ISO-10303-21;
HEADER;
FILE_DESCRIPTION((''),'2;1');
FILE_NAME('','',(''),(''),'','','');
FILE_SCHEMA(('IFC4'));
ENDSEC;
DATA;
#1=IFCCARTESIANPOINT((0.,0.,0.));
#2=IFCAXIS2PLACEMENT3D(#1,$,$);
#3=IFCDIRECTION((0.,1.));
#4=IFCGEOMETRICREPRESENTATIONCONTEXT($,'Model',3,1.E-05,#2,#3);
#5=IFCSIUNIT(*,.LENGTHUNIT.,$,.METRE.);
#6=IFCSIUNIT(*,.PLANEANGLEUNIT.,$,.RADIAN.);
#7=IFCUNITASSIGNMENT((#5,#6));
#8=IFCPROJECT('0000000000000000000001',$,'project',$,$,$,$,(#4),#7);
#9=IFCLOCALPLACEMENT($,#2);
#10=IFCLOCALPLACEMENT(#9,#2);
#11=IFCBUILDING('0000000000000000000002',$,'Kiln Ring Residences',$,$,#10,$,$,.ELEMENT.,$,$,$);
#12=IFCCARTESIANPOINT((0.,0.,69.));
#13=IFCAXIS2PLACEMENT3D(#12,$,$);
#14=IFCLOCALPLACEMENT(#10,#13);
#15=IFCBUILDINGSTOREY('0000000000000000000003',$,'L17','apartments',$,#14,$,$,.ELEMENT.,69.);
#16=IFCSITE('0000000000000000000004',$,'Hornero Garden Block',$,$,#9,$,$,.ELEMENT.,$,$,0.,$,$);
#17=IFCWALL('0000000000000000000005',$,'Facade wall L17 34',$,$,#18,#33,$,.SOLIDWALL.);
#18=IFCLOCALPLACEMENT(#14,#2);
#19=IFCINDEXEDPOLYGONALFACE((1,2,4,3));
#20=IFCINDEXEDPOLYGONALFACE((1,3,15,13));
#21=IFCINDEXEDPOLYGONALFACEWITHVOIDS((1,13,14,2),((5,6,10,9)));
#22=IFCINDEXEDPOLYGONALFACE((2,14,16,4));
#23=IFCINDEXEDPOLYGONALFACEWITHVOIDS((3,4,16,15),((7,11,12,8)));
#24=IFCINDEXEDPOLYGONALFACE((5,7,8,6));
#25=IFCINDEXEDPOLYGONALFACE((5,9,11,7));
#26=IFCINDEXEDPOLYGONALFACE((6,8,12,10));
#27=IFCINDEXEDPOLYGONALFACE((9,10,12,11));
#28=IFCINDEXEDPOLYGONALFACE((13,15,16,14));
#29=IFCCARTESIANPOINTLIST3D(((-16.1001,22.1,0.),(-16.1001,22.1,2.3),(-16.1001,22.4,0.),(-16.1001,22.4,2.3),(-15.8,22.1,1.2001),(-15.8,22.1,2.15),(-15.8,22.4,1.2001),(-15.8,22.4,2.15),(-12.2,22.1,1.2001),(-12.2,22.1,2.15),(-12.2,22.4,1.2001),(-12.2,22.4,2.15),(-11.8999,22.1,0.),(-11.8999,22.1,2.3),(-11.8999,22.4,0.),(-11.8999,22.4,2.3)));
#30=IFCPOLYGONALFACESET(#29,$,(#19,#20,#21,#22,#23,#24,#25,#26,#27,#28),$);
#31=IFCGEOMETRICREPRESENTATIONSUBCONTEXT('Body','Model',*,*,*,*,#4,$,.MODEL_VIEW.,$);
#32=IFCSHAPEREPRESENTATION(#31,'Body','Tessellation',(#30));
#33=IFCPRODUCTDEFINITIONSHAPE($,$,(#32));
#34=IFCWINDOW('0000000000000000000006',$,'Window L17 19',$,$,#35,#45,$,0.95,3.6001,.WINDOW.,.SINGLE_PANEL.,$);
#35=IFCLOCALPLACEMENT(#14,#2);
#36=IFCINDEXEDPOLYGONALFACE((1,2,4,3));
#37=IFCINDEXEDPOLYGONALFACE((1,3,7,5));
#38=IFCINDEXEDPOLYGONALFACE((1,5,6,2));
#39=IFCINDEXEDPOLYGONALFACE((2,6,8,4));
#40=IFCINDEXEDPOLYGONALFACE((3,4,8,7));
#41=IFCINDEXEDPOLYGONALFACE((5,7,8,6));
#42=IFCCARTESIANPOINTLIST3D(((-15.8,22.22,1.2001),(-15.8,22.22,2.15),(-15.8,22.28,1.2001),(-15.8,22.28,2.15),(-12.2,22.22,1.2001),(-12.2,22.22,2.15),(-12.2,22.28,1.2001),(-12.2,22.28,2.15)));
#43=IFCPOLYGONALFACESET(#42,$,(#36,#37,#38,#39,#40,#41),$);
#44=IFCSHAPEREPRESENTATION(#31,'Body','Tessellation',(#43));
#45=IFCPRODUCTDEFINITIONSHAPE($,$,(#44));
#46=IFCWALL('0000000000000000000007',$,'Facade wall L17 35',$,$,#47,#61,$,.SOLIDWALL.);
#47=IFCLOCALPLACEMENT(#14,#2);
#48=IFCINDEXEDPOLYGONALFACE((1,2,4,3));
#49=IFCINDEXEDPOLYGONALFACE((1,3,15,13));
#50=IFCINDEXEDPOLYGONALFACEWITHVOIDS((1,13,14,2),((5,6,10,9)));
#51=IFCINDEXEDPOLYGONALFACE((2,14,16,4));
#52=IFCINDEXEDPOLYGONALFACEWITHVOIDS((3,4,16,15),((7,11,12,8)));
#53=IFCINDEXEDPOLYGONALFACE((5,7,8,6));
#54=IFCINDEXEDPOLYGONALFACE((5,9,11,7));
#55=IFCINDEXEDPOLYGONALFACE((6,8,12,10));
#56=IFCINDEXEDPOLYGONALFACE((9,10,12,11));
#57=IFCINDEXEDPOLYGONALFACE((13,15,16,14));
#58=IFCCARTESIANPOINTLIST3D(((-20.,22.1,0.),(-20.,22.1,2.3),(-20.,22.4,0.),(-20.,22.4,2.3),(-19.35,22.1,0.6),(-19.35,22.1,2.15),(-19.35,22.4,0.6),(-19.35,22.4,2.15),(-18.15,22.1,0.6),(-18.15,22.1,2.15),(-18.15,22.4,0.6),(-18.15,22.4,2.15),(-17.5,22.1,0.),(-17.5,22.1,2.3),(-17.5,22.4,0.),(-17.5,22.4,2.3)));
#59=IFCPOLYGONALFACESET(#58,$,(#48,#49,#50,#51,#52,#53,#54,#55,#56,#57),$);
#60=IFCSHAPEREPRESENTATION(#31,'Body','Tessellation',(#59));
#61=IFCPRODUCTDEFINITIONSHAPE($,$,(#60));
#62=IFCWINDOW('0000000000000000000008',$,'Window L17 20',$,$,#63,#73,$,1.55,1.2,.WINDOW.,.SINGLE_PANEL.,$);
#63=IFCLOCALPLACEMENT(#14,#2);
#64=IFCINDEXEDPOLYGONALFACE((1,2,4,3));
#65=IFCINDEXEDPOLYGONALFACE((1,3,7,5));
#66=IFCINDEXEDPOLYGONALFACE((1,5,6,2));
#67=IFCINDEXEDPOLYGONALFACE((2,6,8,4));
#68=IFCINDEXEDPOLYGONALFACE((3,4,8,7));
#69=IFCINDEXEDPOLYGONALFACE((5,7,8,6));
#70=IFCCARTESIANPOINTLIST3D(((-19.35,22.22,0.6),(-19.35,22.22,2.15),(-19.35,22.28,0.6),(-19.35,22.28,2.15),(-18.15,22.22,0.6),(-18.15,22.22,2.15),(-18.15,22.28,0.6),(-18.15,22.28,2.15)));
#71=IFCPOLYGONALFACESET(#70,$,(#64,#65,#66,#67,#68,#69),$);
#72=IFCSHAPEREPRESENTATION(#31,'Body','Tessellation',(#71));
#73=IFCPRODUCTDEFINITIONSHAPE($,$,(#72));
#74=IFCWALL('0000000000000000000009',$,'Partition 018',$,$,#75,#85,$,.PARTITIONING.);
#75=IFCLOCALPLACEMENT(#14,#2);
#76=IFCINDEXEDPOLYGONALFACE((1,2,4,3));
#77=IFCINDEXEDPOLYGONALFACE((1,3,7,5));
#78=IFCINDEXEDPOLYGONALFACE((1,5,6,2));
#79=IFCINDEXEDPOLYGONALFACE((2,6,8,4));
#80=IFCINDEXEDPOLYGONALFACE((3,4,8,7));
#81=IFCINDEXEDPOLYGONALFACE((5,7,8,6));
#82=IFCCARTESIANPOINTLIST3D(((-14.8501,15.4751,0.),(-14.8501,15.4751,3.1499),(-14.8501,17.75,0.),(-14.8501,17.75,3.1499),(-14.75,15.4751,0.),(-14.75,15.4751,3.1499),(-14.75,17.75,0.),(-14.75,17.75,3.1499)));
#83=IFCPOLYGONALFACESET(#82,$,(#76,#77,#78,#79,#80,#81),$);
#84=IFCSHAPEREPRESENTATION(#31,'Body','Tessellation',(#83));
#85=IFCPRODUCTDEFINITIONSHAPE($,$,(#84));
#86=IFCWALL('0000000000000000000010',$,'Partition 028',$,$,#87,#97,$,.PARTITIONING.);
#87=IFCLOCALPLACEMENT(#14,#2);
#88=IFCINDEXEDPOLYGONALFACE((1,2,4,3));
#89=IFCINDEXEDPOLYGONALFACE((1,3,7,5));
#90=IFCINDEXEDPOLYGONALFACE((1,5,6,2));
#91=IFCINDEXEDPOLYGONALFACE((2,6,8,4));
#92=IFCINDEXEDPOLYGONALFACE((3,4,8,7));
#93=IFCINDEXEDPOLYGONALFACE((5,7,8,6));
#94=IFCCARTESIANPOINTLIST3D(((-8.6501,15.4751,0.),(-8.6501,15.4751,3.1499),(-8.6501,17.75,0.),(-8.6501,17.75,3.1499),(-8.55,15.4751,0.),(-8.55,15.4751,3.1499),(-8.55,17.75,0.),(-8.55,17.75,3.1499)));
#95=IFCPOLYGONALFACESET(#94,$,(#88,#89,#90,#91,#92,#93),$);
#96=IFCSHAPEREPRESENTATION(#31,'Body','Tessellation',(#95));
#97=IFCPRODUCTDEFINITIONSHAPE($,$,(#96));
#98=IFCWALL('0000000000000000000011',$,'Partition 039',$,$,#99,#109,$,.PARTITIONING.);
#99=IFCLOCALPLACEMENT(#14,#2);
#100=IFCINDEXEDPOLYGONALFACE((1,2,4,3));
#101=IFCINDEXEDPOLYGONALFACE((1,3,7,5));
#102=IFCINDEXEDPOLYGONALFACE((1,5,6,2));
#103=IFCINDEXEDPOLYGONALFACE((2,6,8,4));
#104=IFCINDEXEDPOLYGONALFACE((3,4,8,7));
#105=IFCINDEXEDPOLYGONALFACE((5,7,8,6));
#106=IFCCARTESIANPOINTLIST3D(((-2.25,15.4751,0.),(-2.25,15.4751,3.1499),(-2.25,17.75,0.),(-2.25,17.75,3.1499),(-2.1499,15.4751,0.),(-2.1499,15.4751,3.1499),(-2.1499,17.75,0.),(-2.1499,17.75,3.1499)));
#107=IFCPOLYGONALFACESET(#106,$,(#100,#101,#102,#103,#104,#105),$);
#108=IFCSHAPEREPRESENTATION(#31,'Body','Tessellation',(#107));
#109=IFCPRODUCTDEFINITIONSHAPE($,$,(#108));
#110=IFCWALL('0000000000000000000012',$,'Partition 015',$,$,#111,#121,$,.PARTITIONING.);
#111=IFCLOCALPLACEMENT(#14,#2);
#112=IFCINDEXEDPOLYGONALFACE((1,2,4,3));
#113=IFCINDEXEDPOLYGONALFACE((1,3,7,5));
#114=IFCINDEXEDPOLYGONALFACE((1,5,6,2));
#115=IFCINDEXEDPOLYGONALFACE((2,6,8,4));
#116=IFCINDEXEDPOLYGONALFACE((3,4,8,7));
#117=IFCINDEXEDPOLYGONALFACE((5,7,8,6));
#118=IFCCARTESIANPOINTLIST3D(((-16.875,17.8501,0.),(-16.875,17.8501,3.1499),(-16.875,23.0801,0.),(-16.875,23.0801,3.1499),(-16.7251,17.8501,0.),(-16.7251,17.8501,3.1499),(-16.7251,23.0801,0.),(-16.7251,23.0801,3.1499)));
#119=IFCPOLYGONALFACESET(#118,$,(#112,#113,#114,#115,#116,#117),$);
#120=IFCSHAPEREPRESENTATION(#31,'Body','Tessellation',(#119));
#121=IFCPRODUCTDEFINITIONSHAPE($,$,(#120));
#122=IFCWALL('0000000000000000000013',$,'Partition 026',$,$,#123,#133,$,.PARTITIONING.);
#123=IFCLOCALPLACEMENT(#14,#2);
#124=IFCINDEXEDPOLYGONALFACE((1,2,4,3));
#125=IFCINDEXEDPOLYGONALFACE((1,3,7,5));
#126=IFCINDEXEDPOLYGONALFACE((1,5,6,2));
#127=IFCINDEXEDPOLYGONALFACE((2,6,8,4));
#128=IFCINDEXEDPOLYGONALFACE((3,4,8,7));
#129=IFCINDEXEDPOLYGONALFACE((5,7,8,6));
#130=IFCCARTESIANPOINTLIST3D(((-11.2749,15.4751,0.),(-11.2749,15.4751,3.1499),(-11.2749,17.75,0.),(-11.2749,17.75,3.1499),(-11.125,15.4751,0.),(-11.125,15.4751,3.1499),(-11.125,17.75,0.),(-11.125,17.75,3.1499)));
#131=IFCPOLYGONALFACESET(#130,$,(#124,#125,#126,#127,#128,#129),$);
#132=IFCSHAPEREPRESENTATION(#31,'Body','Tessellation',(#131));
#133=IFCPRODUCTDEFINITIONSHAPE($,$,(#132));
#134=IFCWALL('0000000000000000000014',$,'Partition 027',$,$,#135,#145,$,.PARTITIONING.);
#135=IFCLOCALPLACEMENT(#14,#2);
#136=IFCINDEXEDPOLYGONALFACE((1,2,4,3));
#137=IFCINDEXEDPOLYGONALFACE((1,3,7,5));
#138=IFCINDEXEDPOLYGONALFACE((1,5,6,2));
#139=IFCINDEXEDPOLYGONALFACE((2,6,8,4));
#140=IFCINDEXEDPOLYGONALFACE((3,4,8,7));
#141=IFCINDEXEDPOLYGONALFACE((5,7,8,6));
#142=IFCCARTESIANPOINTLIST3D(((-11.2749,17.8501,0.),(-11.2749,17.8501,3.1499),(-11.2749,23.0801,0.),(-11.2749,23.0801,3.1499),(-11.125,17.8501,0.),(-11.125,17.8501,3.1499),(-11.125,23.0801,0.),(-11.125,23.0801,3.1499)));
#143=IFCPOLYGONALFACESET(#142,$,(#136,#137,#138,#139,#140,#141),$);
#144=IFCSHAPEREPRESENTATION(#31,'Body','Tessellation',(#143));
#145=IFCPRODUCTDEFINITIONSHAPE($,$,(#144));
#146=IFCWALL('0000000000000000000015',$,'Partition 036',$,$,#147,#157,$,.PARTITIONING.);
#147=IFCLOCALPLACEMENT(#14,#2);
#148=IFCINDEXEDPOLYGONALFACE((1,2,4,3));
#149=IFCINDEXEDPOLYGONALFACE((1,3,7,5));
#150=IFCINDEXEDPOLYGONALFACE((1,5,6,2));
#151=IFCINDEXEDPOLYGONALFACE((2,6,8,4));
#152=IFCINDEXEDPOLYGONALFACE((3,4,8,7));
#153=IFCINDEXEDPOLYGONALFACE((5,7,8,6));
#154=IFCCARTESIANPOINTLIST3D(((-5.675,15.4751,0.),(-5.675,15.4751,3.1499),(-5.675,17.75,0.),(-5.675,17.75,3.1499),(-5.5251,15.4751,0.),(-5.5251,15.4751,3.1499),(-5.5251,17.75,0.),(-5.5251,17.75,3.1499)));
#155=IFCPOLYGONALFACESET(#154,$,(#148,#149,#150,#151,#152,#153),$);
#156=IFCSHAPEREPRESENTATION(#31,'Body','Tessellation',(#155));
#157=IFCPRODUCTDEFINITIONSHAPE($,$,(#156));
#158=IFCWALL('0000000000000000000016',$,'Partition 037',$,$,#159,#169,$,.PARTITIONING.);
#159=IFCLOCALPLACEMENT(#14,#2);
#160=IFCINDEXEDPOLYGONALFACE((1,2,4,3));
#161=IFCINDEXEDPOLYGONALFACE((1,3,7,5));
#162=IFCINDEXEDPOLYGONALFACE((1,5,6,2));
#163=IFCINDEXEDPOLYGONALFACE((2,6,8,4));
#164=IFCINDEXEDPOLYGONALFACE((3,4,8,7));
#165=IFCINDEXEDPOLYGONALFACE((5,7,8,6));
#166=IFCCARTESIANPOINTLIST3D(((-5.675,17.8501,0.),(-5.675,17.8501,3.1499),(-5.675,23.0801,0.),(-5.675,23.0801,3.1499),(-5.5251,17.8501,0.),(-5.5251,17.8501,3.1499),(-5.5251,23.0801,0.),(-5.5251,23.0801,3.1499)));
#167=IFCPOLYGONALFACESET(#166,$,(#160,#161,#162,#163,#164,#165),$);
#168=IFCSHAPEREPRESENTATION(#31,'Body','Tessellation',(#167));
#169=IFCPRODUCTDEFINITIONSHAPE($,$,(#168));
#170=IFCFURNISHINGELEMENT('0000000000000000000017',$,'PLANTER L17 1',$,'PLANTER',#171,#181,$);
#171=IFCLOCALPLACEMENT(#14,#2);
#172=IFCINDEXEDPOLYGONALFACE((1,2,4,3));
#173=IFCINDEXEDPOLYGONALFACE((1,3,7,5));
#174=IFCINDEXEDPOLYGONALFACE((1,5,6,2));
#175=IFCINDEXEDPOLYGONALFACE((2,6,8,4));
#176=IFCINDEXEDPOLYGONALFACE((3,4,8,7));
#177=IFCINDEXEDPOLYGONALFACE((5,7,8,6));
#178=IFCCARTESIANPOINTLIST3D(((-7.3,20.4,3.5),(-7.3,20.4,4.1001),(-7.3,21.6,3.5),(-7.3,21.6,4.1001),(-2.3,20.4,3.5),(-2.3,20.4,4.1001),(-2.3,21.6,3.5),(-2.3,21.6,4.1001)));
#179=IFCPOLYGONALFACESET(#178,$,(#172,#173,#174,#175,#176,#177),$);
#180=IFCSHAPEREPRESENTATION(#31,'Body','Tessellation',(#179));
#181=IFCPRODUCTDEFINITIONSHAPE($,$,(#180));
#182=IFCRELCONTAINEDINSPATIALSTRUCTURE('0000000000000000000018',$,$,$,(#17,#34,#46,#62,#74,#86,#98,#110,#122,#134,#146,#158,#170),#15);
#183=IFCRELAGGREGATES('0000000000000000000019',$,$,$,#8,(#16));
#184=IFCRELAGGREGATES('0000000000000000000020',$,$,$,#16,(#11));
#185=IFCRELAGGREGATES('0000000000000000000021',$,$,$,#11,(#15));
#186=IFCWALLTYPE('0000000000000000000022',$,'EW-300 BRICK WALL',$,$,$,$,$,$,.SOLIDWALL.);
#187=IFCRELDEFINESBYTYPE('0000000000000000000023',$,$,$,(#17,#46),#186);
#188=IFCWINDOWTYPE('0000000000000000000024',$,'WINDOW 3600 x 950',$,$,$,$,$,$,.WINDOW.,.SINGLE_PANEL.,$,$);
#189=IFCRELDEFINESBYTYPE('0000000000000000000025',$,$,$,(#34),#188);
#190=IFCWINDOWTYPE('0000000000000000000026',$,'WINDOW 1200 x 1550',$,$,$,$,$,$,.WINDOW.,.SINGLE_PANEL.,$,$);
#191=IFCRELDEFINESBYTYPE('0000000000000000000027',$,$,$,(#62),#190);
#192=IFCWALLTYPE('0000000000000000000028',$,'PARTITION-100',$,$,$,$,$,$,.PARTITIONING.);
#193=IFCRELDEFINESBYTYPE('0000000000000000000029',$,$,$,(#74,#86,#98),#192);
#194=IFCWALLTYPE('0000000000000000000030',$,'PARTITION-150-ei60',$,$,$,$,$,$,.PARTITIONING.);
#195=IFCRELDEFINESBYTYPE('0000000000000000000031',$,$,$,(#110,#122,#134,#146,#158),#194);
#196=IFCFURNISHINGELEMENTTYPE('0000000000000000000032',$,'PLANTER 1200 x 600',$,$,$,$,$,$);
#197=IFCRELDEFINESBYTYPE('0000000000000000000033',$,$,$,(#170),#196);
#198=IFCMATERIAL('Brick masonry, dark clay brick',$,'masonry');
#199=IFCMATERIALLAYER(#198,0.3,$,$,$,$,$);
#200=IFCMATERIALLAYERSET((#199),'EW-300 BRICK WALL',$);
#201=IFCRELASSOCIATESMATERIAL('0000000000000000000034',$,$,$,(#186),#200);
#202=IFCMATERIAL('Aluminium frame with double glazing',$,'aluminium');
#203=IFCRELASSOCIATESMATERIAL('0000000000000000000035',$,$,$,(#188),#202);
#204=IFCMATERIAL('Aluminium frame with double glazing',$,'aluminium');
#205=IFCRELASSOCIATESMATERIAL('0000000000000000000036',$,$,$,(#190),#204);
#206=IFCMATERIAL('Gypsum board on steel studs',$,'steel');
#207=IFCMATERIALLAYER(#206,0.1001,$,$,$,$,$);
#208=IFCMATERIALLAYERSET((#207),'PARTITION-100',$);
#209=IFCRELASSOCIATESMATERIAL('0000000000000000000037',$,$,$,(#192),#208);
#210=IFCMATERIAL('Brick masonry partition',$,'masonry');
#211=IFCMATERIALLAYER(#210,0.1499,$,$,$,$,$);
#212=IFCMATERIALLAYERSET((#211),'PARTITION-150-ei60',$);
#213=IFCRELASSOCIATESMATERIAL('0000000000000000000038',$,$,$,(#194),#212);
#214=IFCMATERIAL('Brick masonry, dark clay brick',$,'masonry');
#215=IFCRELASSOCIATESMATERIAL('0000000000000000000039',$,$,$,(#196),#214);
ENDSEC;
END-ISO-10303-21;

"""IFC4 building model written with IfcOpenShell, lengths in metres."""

from ifc_helpers import new_model, si_unit, direction, frame, frame_2d, origin, origin_2d, place, context, subcontext, project, spatial, rectangle, extrude, material, layer, layer_set, type_object, element, fill, save


model = new_model("IFC4")

# Units and contexts
model_context = context("Model", 3, precision=1e-05, world=origin(), true_north=direction((0.0, 1.0)))
body_context = subcontext(model_context, "Body", "Model", "MODEL_VIEW")
ifc_project = project(units=[si_unit("LENGTHUNIT", "METRE"), si_unit("PLANEANGLEUNIT", "RADIAN")], contexts=[model_context])

# Site, building, storey
site_placement = place(None, origin())
site = spatial("IfcSite", under=ifc_project, at=site_placement, Name="Hornero Garden Block", CompositionType="ELEMENT", RefElevation=0.0)
building_placement = place(site_placement, origin())
building = spatial("IfcBuilding", under=site, at=building_placement, Name="Kiln Ring Residences", CompositionType="ELEMENT")
storey_placement = place(building_placement, frame((0.0, 0.0, 69.0)))
storey = spatial("IfcBuildingStorey", under=building, at=storey_placement, Name="L17", Description="apartments", CompositionType="ELEMENT", Elevation=69.0)

# Walls, openings, windows
ifc_material_1 = material(Name="Brick masonry, dark clay brick", Category="masonry")
ifc_layer_1 = layer(ifc_material_1, 0.3)
ifc_layer_set_1 = layer_set([ifc_layer_1], Name="EW-300 BRICK WALL")
wall_type_1 = type_object("IfcWallType", Name="EW-300 BRICK WALL", PredefinedType="SOLIDWALL", material=ifc_layer_set_1)
ifc_material_2 = material(Name="Aluminium frame with double glazing", Category="aluminium")
window_type_1 = type_object("IfcWindowType", Name="WINDOW 3600 x 950", PartitioningType="SINGLE_PANEL", PredefinedType="WINDOW", material=ifc_material_2)
wall_1_placement = place(storey_placement, frame((-11.8999, 22.25, 0.0), z_axis=(0.0, 0.0, 1.0), x_axis=(-1.0, 0.0, 0.0)))
wall_1 = element("IfcWall", 1, at=wall_1_placement, inside=storey, type_object=wall_type_1, Name="Facade wall L17 34", PredefinedType="SOLIDWALL", context=body_context, shape_type="SweptSolid", body=[
    extrude(rectangle(XDim=4.2002, YDim=0.3, at=frame_2d((2.1001, 0.0))), origin(), (0.0, 0.0, 1.0), 2.3),
])
opening_1_placement = place(wall_1_placement, frame((0.3, 0.0, 1.2)))
opening_1 = element("IfcOpeningElement", 2, at=opening_1_placement, cuts=wall_1, PredefinedType="OPENING", context=body_context, shape_type="SweptSolid", body=[
    extrude(rectangle(XDim=3.6001, YDim=0.95, at=frame_2d((1.8, 0.4751))), frame((0.0, 0.1599, 0.0), z_axis=(0.0, -1.0, 0.0), x_axis=(1.0, 0.0, 0.0)), (0.0, 0.0, 1.0), 0.3201),
])
window_1_placement = place(opening_1_placement, origin())
window_1 = element("IfcWindow", 3, at=window_1_placement, inside=storey, type_object=window_type_1, Name="Window L17 19", OverallHeight=0.95, OverallWidth=3.6001, PartitioningType="SINGLE_PANEL", PredefinedType="WINDOW", context=body_context, shape_type="SweptSolid", body=[
    extrude(rectangle(XDim=3.6001, YDim=0.95, at=frame_2d((1.8, 0.4751))), frame((0.0, 0.03, 0.0), z_axis=(0.0, -1.0, 0.0), x_axis=(1.0, 0.0, 0.0)), (0.0, 0.0, 1.0), 0.0601),
])
fill(opening_1, window_1)
wall_2_placement = place(storey_placement, frame((-17.5, 22.25, 0.0), z_axis=(0.0, 0.0, 1.0), x_axis=(-1.0, 0.0, 0.0)))
wall_2 = element("IfcWall", 4, at=wall_2_placement, inside=storey, type_object=wall_type_1, Name="Facade wall L17 35", PredefinedType="SOLIDWALL", context=body_context, shape_type="SweptSolid", body=[
    extrude(rectangle(XDim=2.5, YDim=0.3, at=frame_2d((1.25, 0.0))), origin(), (0.0, 0.0, 1.0), 2.3),
])
opening_2_placement = place(wall_2_placement, frame((0.6499, 0.0, 0.6001)))
opening_2 = element("IfcOpeningElement", 5, at=opening_2_placement, cuts=wall_2, PredefinedType="OPENING", context=body_context, shape_type="SweptSolid", body=[
    extrude(rectangle(XDim=1.2, YDim=1.55, at=frame_2d((0.6001, 0.7749))), frame((0.0, 0.1599, 0.0), z_axis=(0.0, -1.0, 0.0), x_axis=(1.0, 0.0, 0.0)), (0.0, 0.0, 1.0), 0.3201),
])
ifc_material_3 = material(Name="Aluminium frame with double glazing", Category="aluminium")
window_type_2 = type_object("IfcWindowType", Name="WINDOW 1200 x 1550", PartitioningType="SINGLE_PANEL", PredefinedType="WINDOW", material=ifc_material_3)
window_2_placement = place(opening_2_placement, origin())
window_2 = element("IfcWindow", 6, at=window_2_placement, inside=storey, type_object=window_type_2, Name="Window L17 20", OverallHeight=1.55, OverallWidth=1.2, PartitioningType="SINGLE_PANEL", PredefinedType="WINDOW", context=body_context, shape_type="SweptSolid", body=[
    extrude(rectangle(XDim=1.2, YDim=1.55, at=frame_2d((0.6001, 0.7749))), frame((0.0, 0.03, 0.0), z_axis=(0.0, -1.0, 0.0), x_axis=(1.0, 0.0, 0.0)), (0.0, 0.0, 1.0), 0.0601),
])
fill(opening_2, window_2)

# Walls
ifc_material_4 = material(Name="Gypsum board on steel studs", Category="steel")
ifc_layer_2 = layer(ifc_material_4, 0.1001)
ifc_layer_set_2 = layer_set([ifc_layer_2], Name="PARTITION-100")
wall_type_2 = type_object("IfcWallType", Name="PARTITION-100", PredefinedType="PARTITIONING", material=ifc_layer_set_2)
for number, where, z_axis, x_axis, name in (
    (7, (-14.8, 15.4751, 0.0), (0.0, 0.0, 1.0), (0.0, 1.0, 0.0), "Partition 018"),
    (8, (-8.6001, 15.4751, 0.0), (0.0, 0.0, 1.0), (0.0, 1.0, 0.0), "Partition 028"),
    (9, (-2.2, 15.4751, 0.0), (0.0, 0.0, 1.0), (0.0, 1.0, 0.0), "Partition 039"),
):
    element("IfcWall", number, at=place(storey_placement, frame(where, z_axis=z_axis, x_axis=x_axis)), inside=storey, type_object=wall_type_2, Name=name, PredefinedType="PARTITIONING", context=body_context, shape_type="SweptSolid", body=[
        extrude(rectangle(XDim=2.2749, YDim=0.1001, at=frame_2d((1.1375, 0.0))), origin(), (0.0, 0.0, 1.0), 3.1499),
    ])
ifc_material_5 = material(Name="Brick masonry partition", Category="masonry")
ifc_layer_3 = layer(ifc_material_5, 0.1499)
ifc_layer_set_3 = layer_set([ifc_layer_3], Name="PARTITION-150-ei60")
wall_type_3 = type_object("IfcWallType", Name="PARTITION-150-ei60", PredefinedType="PARTITIONING", material=ifc_layer_set_3)
wall_3_placement = place(storey_placement, frame((-16.8, 17.8501, 0.0), z_axis=(0.0, 0.0, 1.0), x_axis=(0.0, 1.0, 0.0)))
element("IfcWall", 10, at=wall_3_placement, inside=storey, type_object=wall_type_3, Name="Partition 015", PredefinedType="PARTITIONING", context=body_context, shape_type="SweptSolid", body=[
    extrude(rectangle(XDim=5.23, YDim=0.1499, at=frame_2d((2.615, 0.0))), origin(), (0.0, 0.0, 1.0), 3.1499),
])
wall_4_placement = place(storey_placement, frame((-11.2, 15.4751, 0.0), z_axis=(0.0, 0.0, 1.0), x_axis=(0.0, 1.0, 0.0)))
element("IfcWall", 11, at=wall_4_placement, inside=storey, type_object=wall_type_3, Name="Partition 026", PredefinedType="PARTITIONING", context=body_context, shape_type="SweptSolid", body=[
    extrude(rectangle(XDim=2.2749, YDim=0.1499, at=frame_2d((1.1375, 0.0))), origin(), (0.0, 0.0, 1.0), 3.1499),
])
wall_5_placement = place(storey_placement, frame((-11.2, 17.8501, 0.0), z_axis=(0.0, 0.0, 1.0), x_axis=(0.0, 1.0, 0.0)))
element("IfcWall", 12, at=wall_5_placement, inside=storey, type_object=wall_type_3, Name="Partition 027", PredefinedType="PARTITIONING", context=body_context, shape_type="SweptSolid", body=[
    extrude(rectangle(XDim=5.23, YDim=0.1499, at=frame_2d((2.615, 0.0))), origin(), (0.0, 0.0, 1.0), 3.1499),
])
wall_6_placement = place(storey_placement, frame((-5.6001, 15.4751, 0.0), z_axis=(0.0, 0.0, 1.0), x_axis=(0.0, 1.0, 0.0)))
element("IfcWall", 13, at=wall_6_placement, inside=storey, type_object=wall_type_3, Name="Partition 036", PredefinedType="PARTITIONING", context=body_context, shape_type="SweptSolid", body=[
    extrude(rectangle(XDim=2.2749, YDim=0.1499, at=frame_2d((1.1375, 0.0))), origin(), (0.0, 0.0, 1.0), 3.1499),
])
wall_7_placement = place(storey_placement, frame((-5.6001, 17.8501, 0.0), z_axis=(0.0, 0.0, 1.0), x_axis=(0.0, 1.0, 0.0)))
element("IfcWall", 14, at=wall_7_placement, inside=storey, type_object=wall_type_3, Name="Partition 037", PredefinedType="PARTITIONING", context=body_context, shape_type="SweptSolid", body=[
    extrude(rectangle(XDim=5.23, YDim=0.1499, at=frame_2d((2.615, 0.0))), origin(), (0.0, 0.0, 1.0), 3.1499),
])

# Furnishing element
ifc_material_6 = material(Name="Brick masonry, dark clay brick", Category="masonry")
furnishing_element_type = type_object("IfcFurnishingElementType", Name="PLANTER 1200 x 600", material=ifc_material_6)
furnishing_placement = place(storey_placement, frame((-4.8, 21.0, 3.5), z_axis=(0.0, 0.0, 1.0), x_axis=(1.0, 0.0, 0.0)))
element("IfcFurnishingElement", 15, at=furnishing_placement, inside=storey, type_object=furnishing_element_type, Name="PLANTER L17 1", ObjectType="PLANTER", context=body_context, shape_type="SweptSolid", body=[
    extrude(rectangle(XDim=5.0, YDim=1.2, at=origin_2d()), origin(), (0.0, 0.0, 1.0), 0.6001),
])

save(model, "model.ifc")
